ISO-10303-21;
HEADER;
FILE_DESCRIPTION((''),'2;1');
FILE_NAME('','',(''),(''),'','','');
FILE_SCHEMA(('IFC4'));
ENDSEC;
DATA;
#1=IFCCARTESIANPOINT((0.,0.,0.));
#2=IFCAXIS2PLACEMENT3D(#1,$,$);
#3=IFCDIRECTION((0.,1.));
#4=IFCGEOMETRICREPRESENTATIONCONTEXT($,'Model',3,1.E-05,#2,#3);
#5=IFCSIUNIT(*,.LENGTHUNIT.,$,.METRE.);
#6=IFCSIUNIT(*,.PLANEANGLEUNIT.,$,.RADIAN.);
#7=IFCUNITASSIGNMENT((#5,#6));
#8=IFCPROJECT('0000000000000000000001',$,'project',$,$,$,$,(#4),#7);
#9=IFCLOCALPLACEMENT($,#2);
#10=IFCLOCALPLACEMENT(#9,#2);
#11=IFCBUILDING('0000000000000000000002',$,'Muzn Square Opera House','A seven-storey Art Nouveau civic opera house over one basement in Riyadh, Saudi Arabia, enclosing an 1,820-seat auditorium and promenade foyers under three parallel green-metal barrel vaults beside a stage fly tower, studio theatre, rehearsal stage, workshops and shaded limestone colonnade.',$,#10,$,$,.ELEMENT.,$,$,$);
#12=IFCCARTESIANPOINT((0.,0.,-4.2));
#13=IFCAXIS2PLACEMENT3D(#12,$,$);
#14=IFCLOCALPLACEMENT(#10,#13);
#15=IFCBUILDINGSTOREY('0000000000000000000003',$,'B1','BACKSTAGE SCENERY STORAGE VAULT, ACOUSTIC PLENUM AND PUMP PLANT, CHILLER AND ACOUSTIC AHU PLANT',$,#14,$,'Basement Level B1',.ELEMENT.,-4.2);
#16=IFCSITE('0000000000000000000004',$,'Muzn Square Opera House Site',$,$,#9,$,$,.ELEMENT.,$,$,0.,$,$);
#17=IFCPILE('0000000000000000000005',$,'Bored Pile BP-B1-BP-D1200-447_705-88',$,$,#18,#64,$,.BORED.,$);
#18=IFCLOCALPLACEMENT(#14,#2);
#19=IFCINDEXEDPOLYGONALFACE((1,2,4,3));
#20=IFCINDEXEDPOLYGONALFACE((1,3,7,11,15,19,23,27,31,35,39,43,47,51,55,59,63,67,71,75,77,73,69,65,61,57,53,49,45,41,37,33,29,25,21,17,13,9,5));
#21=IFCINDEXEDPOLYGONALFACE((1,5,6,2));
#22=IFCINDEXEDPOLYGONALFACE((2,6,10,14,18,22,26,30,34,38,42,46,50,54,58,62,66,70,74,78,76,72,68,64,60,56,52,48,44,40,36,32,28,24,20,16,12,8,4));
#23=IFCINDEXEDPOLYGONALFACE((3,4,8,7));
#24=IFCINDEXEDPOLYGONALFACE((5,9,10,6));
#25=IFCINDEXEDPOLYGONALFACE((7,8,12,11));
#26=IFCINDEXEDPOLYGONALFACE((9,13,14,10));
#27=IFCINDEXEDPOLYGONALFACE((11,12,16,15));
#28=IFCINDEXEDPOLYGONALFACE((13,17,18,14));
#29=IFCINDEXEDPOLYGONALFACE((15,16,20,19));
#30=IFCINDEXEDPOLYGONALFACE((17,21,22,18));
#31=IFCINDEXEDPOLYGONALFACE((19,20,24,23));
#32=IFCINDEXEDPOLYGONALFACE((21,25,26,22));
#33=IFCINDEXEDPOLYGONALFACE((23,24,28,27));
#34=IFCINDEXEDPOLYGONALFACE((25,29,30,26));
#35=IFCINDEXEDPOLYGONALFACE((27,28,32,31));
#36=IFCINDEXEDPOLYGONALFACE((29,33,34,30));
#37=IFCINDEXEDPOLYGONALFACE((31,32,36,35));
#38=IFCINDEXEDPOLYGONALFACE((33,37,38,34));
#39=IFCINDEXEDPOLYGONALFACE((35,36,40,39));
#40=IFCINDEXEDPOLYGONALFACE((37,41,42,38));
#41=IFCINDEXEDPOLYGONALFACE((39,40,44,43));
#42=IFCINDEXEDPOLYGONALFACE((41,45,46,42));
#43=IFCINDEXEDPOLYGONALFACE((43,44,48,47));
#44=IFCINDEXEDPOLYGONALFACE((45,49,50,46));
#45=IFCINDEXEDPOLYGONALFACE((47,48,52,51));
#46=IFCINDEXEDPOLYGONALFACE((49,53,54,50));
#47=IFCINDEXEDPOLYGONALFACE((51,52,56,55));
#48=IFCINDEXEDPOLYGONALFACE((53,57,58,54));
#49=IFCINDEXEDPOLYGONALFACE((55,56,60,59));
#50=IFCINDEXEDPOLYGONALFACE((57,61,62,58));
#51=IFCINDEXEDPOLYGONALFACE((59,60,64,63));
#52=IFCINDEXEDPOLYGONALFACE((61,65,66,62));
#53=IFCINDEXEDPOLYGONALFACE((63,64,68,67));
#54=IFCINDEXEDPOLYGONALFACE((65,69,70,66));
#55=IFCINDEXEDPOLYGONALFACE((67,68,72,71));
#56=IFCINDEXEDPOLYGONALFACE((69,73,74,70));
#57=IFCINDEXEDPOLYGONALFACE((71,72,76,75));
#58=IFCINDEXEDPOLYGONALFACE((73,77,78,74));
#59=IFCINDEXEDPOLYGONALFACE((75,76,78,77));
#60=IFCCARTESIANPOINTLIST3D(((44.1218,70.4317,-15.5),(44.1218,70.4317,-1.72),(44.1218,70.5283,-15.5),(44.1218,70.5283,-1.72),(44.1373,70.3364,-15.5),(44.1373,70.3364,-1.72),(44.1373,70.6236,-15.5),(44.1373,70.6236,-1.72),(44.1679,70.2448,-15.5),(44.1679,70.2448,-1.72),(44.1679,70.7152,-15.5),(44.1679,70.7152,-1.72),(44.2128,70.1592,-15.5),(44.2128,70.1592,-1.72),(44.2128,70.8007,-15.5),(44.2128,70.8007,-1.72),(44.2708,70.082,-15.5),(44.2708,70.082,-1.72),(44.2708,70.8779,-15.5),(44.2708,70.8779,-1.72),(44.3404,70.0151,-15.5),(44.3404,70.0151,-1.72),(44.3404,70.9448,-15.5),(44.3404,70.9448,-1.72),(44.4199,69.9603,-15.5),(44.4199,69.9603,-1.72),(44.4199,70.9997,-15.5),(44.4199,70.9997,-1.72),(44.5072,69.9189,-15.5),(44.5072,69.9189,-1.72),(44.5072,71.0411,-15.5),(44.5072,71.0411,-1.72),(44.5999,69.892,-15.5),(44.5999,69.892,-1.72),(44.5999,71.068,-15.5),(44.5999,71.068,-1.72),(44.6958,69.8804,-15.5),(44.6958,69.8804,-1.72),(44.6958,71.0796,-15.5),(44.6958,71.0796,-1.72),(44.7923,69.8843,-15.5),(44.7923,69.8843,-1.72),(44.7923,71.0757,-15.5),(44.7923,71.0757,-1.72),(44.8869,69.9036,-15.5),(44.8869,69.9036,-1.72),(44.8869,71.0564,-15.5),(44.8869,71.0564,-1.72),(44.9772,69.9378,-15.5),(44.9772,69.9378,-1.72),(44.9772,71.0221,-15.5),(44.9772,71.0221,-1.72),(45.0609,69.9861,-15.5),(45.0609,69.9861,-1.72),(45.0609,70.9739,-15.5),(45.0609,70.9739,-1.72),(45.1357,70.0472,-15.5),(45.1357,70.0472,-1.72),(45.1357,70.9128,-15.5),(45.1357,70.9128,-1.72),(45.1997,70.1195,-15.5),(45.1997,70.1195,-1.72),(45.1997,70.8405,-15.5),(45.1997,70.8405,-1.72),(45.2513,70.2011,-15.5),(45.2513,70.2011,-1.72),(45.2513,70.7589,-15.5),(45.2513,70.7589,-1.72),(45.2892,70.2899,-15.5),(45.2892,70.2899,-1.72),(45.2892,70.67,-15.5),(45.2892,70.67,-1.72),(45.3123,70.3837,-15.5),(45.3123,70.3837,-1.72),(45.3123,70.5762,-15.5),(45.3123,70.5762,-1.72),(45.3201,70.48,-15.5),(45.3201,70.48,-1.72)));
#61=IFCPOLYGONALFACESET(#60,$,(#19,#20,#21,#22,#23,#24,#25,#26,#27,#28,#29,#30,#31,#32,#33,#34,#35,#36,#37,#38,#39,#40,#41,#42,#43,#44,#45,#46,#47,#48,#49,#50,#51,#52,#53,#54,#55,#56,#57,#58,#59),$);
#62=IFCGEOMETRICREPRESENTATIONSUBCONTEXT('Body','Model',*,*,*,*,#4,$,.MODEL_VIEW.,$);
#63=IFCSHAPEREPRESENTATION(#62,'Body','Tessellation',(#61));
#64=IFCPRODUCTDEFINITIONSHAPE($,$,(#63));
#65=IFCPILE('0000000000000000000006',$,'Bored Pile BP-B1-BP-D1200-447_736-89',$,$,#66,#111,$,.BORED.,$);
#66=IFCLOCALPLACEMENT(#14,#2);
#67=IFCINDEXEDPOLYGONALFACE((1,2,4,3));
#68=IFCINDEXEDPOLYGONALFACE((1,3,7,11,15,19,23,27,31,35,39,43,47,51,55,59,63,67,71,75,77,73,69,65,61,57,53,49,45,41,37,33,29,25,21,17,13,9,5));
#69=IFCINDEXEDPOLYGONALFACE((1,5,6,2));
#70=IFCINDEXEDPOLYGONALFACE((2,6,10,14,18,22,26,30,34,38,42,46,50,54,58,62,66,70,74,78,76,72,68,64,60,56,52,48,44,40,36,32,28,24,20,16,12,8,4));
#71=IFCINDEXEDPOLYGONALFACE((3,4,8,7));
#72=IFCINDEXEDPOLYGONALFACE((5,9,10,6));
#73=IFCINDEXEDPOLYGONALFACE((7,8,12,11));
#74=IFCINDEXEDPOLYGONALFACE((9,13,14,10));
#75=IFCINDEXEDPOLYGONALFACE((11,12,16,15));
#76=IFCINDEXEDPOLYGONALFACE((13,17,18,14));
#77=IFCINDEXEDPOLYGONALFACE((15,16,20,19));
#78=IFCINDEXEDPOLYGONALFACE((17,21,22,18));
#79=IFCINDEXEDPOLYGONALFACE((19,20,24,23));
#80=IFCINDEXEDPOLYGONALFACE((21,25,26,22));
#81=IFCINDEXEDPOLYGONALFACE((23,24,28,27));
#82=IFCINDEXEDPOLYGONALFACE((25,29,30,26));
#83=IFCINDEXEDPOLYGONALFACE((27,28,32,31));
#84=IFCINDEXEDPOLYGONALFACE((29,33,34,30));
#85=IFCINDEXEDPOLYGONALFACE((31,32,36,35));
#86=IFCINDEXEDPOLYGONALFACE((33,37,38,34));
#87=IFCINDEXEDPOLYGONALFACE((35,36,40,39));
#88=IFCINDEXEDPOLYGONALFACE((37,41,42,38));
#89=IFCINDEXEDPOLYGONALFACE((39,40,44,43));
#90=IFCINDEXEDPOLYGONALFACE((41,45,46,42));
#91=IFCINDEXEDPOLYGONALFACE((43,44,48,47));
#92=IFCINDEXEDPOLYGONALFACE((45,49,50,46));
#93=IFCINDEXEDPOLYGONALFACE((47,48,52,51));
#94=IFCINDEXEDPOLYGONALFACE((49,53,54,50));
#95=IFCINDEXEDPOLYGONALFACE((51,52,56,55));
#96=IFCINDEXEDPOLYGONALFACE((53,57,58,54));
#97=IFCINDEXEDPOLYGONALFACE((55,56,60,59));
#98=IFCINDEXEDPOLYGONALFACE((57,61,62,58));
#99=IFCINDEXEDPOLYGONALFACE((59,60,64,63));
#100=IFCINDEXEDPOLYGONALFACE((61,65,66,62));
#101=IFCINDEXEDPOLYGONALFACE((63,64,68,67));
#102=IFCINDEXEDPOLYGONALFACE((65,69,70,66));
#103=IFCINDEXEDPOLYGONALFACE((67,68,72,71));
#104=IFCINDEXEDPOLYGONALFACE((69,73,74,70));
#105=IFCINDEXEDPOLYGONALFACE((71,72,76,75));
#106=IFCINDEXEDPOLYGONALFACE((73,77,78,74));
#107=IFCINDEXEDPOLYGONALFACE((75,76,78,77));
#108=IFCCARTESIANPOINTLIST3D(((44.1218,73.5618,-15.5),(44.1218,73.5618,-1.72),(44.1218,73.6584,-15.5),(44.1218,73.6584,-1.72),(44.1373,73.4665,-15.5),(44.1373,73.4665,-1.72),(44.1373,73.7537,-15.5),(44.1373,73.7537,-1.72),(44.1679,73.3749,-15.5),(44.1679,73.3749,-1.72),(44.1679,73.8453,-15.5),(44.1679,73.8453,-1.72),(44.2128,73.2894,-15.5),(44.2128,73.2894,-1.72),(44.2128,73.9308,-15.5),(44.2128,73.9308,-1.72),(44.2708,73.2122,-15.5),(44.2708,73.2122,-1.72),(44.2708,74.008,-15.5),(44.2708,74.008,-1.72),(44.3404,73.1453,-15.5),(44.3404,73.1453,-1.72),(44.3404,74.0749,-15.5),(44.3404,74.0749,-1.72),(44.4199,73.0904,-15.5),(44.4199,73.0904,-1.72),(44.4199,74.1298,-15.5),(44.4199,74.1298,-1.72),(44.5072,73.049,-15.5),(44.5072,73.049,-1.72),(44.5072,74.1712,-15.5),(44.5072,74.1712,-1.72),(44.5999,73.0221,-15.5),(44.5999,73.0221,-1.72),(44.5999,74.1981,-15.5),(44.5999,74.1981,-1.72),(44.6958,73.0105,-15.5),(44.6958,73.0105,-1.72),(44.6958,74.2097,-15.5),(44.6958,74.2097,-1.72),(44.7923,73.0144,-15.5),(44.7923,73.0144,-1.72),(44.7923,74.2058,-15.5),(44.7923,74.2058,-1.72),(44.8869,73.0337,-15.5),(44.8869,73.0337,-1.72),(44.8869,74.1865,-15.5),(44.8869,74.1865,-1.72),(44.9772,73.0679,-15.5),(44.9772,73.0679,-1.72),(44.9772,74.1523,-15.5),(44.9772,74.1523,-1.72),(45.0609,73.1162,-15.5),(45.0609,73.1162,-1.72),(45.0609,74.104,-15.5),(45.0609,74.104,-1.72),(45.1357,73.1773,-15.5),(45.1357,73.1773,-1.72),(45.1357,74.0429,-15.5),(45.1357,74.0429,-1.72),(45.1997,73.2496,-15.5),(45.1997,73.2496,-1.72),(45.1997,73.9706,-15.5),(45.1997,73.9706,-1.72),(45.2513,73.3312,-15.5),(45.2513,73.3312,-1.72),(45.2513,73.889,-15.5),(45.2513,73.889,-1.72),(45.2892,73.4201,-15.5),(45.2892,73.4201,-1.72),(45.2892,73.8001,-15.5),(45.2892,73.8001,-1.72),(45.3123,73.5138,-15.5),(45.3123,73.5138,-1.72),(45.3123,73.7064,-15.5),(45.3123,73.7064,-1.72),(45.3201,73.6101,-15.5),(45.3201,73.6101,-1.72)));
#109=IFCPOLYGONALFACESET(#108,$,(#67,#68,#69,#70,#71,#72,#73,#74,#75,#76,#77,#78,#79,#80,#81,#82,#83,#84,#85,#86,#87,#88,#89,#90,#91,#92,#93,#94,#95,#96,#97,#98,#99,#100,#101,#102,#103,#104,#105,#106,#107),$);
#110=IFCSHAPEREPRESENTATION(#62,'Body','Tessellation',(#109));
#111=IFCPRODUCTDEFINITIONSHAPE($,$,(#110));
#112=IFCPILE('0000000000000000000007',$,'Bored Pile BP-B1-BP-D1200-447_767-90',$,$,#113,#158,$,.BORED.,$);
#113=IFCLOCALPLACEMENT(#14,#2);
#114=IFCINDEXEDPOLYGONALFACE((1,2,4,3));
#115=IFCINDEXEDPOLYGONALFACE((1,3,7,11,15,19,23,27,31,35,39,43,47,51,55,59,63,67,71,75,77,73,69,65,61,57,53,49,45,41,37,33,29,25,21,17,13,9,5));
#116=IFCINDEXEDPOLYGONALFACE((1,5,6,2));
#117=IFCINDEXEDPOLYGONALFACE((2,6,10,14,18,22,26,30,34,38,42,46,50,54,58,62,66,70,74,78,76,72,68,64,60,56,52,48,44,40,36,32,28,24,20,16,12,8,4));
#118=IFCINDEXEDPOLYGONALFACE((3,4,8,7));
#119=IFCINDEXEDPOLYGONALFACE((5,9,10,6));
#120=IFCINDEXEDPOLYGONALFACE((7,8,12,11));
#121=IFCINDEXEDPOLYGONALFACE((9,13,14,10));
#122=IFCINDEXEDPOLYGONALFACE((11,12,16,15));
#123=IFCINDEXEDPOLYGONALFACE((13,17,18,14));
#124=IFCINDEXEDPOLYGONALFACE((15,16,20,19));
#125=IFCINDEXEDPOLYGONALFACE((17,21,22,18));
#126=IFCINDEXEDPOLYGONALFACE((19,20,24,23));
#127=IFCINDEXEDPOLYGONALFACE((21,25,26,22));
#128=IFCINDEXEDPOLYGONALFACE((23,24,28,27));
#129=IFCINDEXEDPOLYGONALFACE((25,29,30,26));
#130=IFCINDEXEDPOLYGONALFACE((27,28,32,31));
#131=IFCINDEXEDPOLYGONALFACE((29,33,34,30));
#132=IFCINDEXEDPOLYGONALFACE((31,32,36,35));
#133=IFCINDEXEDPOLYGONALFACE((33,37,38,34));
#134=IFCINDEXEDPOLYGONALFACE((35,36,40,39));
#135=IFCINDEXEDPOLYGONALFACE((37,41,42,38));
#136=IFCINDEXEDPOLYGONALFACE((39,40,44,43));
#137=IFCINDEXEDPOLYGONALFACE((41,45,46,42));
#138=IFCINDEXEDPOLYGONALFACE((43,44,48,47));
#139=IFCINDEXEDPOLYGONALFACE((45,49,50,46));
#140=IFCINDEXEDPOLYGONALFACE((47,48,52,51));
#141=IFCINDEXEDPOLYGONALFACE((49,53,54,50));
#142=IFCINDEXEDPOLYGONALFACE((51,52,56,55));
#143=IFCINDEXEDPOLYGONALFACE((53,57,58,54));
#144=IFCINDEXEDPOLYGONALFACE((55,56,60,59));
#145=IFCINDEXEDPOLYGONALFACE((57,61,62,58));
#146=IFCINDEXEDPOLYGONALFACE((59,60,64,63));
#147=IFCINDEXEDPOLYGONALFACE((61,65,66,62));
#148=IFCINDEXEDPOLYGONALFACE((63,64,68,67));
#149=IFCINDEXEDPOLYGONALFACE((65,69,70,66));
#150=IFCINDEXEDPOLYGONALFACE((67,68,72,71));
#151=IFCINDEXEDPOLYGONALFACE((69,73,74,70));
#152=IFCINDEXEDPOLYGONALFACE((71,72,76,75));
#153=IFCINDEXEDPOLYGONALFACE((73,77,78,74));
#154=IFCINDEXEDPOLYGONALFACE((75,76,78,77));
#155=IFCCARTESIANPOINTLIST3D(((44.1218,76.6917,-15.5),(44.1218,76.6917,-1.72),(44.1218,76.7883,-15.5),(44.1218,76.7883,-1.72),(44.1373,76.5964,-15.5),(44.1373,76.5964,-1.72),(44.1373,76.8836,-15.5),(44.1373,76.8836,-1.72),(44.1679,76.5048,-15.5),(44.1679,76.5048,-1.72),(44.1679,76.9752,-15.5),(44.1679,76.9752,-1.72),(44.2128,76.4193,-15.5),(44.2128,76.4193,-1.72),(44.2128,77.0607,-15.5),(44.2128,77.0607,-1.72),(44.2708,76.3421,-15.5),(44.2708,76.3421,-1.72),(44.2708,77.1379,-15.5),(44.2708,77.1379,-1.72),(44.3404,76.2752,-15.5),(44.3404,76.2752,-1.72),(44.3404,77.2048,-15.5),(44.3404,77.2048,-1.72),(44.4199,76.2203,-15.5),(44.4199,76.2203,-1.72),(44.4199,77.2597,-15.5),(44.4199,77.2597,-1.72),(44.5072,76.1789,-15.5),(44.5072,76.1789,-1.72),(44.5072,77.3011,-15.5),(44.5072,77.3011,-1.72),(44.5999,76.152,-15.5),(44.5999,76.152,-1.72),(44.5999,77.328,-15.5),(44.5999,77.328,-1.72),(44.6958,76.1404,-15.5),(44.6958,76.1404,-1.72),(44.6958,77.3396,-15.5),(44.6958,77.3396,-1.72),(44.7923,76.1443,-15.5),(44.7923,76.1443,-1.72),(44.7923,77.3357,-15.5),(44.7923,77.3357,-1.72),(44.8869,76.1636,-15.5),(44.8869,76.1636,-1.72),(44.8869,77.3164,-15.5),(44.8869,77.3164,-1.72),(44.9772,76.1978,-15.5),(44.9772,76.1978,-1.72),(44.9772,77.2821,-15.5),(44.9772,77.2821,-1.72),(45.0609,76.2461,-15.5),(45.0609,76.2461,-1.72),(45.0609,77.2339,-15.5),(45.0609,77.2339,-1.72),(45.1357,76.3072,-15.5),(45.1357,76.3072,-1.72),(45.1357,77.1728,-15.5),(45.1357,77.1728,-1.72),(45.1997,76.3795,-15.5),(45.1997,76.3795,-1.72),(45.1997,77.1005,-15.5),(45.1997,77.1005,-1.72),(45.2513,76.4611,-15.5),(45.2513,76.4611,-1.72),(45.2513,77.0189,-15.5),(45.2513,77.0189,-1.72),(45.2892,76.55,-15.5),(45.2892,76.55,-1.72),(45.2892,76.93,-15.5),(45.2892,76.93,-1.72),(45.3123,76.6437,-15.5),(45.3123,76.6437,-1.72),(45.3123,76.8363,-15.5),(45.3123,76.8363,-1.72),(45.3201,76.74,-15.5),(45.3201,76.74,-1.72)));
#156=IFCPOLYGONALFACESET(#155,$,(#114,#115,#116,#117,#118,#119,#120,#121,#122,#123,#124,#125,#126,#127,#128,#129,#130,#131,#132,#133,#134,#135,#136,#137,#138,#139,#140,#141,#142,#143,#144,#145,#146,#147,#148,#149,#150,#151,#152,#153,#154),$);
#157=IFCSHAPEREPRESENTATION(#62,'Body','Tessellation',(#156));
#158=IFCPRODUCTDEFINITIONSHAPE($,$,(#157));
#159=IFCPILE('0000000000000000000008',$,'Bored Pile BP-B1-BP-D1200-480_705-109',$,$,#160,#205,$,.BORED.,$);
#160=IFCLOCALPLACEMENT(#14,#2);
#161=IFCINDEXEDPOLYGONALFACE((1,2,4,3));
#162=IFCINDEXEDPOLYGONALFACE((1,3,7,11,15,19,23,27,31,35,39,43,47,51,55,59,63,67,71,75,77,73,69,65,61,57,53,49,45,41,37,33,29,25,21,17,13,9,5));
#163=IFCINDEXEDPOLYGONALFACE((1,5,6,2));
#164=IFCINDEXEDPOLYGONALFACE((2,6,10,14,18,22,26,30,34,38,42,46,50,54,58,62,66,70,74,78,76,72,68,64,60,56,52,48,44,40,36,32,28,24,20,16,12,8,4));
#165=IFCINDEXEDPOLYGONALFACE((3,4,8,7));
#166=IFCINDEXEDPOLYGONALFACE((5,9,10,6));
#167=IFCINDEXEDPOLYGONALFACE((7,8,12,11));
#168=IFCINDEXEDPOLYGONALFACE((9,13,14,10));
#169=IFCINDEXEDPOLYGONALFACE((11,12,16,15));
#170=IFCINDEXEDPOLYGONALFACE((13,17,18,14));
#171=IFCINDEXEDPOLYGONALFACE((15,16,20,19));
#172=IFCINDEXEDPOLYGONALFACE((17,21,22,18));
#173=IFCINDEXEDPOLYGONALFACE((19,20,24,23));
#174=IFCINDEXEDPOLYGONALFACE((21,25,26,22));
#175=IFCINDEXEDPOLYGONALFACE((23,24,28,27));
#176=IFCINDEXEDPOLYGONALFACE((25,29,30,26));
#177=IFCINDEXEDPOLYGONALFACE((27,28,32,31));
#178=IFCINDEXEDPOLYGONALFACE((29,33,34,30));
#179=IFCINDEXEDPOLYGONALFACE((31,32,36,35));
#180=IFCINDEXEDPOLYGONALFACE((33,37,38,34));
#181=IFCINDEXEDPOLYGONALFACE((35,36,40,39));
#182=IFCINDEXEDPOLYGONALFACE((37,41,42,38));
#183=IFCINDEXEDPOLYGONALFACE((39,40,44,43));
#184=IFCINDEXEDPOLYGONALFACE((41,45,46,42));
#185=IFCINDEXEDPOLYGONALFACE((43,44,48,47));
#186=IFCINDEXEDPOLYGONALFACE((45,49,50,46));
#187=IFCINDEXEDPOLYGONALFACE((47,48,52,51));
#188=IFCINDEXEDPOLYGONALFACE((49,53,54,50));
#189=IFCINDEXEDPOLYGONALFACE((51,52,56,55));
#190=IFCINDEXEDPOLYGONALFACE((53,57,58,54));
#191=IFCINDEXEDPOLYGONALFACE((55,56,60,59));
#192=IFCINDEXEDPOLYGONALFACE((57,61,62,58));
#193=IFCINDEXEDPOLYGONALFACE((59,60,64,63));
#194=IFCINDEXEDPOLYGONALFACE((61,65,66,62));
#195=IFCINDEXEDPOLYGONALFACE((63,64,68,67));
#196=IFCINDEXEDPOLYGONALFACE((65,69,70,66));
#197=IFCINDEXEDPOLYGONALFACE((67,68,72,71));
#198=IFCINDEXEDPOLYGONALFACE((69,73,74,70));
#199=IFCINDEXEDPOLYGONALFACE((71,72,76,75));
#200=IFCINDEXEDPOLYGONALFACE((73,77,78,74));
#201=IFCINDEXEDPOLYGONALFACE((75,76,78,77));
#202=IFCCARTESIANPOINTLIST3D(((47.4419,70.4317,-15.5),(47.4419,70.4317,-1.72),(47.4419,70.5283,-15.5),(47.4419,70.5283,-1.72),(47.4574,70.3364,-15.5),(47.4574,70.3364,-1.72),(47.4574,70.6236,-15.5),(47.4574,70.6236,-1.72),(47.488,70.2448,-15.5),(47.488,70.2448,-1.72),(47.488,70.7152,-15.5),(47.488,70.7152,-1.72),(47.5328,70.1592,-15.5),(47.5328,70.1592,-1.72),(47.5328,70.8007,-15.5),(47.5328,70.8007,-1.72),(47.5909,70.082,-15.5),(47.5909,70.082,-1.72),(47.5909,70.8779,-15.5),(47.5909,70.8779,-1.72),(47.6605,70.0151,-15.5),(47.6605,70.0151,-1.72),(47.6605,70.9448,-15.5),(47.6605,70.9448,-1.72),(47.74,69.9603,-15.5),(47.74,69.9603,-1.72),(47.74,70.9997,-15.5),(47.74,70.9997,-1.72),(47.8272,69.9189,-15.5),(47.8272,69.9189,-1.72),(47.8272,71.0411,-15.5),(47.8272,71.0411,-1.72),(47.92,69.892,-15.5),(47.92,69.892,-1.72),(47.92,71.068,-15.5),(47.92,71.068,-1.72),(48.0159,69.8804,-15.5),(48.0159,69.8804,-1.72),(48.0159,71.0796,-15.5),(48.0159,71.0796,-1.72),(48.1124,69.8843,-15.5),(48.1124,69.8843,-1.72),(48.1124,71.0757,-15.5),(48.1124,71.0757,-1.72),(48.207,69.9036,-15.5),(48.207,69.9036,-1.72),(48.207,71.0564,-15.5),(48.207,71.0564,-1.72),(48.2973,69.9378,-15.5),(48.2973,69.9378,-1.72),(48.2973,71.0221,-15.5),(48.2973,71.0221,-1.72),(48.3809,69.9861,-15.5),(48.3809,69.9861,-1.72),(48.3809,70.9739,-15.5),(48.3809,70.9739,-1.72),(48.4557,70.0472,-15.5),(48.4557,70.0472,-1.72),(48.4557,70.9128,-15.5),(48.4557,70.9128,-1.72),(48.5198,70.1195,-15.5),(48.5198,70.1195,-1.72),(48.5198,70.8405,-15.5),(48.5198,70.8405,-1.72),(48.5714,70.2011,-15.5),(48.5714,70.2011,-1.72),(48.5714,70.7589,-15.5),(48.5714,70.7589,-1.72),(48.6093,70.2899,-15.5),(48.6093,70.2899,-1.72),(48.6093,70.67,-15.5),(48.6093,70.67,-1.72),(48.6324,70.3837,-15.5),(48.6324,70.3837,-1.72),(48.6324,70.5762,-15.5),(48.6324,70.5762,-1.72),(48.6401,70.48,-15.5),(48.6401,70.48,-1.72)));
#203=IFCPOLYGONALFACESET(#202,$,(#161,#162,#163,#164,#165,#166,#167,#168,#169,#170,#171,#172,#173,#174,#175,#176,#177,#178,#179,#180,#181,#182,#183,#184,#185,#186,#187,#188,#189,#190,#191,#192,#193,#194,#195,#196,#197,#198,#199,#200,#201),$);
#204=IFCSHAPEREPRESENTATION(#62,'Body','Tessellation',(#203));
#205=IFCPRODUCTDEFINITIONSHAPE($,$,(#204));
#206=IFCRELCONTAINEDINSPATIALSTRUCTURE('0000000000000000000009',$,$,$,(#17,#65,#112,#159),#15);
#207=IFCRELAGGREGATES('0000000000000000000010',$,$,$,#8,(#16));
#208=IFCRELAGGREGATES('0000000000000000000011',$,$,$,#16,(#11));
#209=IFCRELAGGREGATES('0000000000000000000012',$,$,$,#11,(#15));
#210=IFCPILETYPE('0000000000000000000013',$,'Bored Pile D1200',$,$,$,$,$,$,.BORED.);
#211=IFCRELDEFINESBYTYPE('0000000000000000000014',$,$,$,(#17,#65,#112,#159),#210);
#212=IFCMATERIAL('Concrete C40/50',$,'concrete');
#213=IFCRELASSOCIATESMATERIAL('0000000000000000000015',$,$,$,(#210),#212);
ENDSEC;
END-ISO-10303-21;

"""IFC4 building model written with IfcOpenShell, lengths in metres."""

from ifc_helpers import new_model, si_unit, direction, frame, origin, origin_2d, place, context, subcontext, project, spatial, circle, extrude, material, material_profile, profile_set, type_object, element, save


model = new_model("IFC4")

# Units and contexts
model_context = context("Model", 3, precision=1e-05, world=origin(), true_north=direction((0.0, 1.0)))
body_context = subcontext(model_context, "Body", "Model", "MODEL_VIEW")
ifc_project = project(units=[si_unit("LENGTHUNIT", "METRE"), si_unit("PLANEANGLEUNIT", "RADIAN")], contexts=[model_context])

# Site, building, storey
site_placement = place(None, origin())
site = spatial("IfcSite", under=ifc_project, at=site_placement, Name="Muzn Square Opera House Site", CompositionType="ELEMENT", RefElevation=0.0)
building_placement = place(site_placement, origin())
building = spatial("IfcBuilding", under=site, at=building_placement, Name="Muzn Square Opera House", Description="A seven-storey Art Nouveau civic opera house over one basement in Riyadh, Saudi Arabia, enclosing an 1,820-seat auditorium and promenade foyers under three parallel green-metal barrel vaults beside a stage fly tower, studio theatre, rehearsal stage, workshops and shaded limestone colonnade.", CompositionType="ELEMENT")
storey_placement = place(building_placement, frame((0.0, 0.0, -4.2)))
storey = spatial("IfcBuildingStorey", under=building, at=storey_placement, Name="B1", Description="BACKSTAGE SCENERY STORAGE VAULT, ACOUSTIC PLENUM AND PUMP PLANT, CHILLER AND ACOUSTIC AHU PLANT", LongName="Basement Level B1", CompositionType="ELEMENT", Elevation=-4.2)

# Piles
ifc_material_1 = material(Name="Concrete C40/50", Category="concrete")
ifc_material_profile_1 = material_profile(ifc_material_1, circle(Radius=0.6001, at=origin_2d()), Name="BORED PILE D1200", Category="concrete")
ifc_profile_set_1 = profile_set([ifc_material_profile_1], Name="Concrete C40/50")
pile_type = type_object("IfcPileType", Name="Bored Pile D1200", PredefinedType="BORED", material=ifc_profile_set_1)
for number, where, z_axis, x_axis, name in (
    (1, (44.72, 70.48, -1.72), (0.0, 0.0, -1.0), (1.0, 0.0, 0.0), "Bored Pile BP-B1-BP-D1200-447_705-88"),
    (2, (44.72, 73.6101, -1.72), (0.0, 0.0, -1.0), (1.0, 0.0, 0.0), "Bored Pile BP-B1-BP-D1200-447_736-89"),
    (3, (44.72, 76.74, -1.72), (0.0, 0.0, -1.0), (1.0, 0.0, 0.0), "Bored Pile BP-B1-BP-D1200-447_767-90"),
    (4, (48.04, 70.48, -1.72), (0.0, 0.0, -1.0), (1.0, 0.0, 0.0), "Bored Pile BP-B1-BP-D1200-480_705-109"),
):
    element("IfcPile", number, at=place(storey_placement, frame(where, z_axis=z_axis, x_axis=x_axis)), inside=storey, type_object=pile_type, Name=name, PredefinedType="BORED", context=body_context, shape_type="SweptSolid", body=[
        extrude(circle(Radius=0.6001, at=origin_2d()), origin(), (0.0, 0.0, 1.0), 13.78),
    ])

save(model, "model.ifc")
